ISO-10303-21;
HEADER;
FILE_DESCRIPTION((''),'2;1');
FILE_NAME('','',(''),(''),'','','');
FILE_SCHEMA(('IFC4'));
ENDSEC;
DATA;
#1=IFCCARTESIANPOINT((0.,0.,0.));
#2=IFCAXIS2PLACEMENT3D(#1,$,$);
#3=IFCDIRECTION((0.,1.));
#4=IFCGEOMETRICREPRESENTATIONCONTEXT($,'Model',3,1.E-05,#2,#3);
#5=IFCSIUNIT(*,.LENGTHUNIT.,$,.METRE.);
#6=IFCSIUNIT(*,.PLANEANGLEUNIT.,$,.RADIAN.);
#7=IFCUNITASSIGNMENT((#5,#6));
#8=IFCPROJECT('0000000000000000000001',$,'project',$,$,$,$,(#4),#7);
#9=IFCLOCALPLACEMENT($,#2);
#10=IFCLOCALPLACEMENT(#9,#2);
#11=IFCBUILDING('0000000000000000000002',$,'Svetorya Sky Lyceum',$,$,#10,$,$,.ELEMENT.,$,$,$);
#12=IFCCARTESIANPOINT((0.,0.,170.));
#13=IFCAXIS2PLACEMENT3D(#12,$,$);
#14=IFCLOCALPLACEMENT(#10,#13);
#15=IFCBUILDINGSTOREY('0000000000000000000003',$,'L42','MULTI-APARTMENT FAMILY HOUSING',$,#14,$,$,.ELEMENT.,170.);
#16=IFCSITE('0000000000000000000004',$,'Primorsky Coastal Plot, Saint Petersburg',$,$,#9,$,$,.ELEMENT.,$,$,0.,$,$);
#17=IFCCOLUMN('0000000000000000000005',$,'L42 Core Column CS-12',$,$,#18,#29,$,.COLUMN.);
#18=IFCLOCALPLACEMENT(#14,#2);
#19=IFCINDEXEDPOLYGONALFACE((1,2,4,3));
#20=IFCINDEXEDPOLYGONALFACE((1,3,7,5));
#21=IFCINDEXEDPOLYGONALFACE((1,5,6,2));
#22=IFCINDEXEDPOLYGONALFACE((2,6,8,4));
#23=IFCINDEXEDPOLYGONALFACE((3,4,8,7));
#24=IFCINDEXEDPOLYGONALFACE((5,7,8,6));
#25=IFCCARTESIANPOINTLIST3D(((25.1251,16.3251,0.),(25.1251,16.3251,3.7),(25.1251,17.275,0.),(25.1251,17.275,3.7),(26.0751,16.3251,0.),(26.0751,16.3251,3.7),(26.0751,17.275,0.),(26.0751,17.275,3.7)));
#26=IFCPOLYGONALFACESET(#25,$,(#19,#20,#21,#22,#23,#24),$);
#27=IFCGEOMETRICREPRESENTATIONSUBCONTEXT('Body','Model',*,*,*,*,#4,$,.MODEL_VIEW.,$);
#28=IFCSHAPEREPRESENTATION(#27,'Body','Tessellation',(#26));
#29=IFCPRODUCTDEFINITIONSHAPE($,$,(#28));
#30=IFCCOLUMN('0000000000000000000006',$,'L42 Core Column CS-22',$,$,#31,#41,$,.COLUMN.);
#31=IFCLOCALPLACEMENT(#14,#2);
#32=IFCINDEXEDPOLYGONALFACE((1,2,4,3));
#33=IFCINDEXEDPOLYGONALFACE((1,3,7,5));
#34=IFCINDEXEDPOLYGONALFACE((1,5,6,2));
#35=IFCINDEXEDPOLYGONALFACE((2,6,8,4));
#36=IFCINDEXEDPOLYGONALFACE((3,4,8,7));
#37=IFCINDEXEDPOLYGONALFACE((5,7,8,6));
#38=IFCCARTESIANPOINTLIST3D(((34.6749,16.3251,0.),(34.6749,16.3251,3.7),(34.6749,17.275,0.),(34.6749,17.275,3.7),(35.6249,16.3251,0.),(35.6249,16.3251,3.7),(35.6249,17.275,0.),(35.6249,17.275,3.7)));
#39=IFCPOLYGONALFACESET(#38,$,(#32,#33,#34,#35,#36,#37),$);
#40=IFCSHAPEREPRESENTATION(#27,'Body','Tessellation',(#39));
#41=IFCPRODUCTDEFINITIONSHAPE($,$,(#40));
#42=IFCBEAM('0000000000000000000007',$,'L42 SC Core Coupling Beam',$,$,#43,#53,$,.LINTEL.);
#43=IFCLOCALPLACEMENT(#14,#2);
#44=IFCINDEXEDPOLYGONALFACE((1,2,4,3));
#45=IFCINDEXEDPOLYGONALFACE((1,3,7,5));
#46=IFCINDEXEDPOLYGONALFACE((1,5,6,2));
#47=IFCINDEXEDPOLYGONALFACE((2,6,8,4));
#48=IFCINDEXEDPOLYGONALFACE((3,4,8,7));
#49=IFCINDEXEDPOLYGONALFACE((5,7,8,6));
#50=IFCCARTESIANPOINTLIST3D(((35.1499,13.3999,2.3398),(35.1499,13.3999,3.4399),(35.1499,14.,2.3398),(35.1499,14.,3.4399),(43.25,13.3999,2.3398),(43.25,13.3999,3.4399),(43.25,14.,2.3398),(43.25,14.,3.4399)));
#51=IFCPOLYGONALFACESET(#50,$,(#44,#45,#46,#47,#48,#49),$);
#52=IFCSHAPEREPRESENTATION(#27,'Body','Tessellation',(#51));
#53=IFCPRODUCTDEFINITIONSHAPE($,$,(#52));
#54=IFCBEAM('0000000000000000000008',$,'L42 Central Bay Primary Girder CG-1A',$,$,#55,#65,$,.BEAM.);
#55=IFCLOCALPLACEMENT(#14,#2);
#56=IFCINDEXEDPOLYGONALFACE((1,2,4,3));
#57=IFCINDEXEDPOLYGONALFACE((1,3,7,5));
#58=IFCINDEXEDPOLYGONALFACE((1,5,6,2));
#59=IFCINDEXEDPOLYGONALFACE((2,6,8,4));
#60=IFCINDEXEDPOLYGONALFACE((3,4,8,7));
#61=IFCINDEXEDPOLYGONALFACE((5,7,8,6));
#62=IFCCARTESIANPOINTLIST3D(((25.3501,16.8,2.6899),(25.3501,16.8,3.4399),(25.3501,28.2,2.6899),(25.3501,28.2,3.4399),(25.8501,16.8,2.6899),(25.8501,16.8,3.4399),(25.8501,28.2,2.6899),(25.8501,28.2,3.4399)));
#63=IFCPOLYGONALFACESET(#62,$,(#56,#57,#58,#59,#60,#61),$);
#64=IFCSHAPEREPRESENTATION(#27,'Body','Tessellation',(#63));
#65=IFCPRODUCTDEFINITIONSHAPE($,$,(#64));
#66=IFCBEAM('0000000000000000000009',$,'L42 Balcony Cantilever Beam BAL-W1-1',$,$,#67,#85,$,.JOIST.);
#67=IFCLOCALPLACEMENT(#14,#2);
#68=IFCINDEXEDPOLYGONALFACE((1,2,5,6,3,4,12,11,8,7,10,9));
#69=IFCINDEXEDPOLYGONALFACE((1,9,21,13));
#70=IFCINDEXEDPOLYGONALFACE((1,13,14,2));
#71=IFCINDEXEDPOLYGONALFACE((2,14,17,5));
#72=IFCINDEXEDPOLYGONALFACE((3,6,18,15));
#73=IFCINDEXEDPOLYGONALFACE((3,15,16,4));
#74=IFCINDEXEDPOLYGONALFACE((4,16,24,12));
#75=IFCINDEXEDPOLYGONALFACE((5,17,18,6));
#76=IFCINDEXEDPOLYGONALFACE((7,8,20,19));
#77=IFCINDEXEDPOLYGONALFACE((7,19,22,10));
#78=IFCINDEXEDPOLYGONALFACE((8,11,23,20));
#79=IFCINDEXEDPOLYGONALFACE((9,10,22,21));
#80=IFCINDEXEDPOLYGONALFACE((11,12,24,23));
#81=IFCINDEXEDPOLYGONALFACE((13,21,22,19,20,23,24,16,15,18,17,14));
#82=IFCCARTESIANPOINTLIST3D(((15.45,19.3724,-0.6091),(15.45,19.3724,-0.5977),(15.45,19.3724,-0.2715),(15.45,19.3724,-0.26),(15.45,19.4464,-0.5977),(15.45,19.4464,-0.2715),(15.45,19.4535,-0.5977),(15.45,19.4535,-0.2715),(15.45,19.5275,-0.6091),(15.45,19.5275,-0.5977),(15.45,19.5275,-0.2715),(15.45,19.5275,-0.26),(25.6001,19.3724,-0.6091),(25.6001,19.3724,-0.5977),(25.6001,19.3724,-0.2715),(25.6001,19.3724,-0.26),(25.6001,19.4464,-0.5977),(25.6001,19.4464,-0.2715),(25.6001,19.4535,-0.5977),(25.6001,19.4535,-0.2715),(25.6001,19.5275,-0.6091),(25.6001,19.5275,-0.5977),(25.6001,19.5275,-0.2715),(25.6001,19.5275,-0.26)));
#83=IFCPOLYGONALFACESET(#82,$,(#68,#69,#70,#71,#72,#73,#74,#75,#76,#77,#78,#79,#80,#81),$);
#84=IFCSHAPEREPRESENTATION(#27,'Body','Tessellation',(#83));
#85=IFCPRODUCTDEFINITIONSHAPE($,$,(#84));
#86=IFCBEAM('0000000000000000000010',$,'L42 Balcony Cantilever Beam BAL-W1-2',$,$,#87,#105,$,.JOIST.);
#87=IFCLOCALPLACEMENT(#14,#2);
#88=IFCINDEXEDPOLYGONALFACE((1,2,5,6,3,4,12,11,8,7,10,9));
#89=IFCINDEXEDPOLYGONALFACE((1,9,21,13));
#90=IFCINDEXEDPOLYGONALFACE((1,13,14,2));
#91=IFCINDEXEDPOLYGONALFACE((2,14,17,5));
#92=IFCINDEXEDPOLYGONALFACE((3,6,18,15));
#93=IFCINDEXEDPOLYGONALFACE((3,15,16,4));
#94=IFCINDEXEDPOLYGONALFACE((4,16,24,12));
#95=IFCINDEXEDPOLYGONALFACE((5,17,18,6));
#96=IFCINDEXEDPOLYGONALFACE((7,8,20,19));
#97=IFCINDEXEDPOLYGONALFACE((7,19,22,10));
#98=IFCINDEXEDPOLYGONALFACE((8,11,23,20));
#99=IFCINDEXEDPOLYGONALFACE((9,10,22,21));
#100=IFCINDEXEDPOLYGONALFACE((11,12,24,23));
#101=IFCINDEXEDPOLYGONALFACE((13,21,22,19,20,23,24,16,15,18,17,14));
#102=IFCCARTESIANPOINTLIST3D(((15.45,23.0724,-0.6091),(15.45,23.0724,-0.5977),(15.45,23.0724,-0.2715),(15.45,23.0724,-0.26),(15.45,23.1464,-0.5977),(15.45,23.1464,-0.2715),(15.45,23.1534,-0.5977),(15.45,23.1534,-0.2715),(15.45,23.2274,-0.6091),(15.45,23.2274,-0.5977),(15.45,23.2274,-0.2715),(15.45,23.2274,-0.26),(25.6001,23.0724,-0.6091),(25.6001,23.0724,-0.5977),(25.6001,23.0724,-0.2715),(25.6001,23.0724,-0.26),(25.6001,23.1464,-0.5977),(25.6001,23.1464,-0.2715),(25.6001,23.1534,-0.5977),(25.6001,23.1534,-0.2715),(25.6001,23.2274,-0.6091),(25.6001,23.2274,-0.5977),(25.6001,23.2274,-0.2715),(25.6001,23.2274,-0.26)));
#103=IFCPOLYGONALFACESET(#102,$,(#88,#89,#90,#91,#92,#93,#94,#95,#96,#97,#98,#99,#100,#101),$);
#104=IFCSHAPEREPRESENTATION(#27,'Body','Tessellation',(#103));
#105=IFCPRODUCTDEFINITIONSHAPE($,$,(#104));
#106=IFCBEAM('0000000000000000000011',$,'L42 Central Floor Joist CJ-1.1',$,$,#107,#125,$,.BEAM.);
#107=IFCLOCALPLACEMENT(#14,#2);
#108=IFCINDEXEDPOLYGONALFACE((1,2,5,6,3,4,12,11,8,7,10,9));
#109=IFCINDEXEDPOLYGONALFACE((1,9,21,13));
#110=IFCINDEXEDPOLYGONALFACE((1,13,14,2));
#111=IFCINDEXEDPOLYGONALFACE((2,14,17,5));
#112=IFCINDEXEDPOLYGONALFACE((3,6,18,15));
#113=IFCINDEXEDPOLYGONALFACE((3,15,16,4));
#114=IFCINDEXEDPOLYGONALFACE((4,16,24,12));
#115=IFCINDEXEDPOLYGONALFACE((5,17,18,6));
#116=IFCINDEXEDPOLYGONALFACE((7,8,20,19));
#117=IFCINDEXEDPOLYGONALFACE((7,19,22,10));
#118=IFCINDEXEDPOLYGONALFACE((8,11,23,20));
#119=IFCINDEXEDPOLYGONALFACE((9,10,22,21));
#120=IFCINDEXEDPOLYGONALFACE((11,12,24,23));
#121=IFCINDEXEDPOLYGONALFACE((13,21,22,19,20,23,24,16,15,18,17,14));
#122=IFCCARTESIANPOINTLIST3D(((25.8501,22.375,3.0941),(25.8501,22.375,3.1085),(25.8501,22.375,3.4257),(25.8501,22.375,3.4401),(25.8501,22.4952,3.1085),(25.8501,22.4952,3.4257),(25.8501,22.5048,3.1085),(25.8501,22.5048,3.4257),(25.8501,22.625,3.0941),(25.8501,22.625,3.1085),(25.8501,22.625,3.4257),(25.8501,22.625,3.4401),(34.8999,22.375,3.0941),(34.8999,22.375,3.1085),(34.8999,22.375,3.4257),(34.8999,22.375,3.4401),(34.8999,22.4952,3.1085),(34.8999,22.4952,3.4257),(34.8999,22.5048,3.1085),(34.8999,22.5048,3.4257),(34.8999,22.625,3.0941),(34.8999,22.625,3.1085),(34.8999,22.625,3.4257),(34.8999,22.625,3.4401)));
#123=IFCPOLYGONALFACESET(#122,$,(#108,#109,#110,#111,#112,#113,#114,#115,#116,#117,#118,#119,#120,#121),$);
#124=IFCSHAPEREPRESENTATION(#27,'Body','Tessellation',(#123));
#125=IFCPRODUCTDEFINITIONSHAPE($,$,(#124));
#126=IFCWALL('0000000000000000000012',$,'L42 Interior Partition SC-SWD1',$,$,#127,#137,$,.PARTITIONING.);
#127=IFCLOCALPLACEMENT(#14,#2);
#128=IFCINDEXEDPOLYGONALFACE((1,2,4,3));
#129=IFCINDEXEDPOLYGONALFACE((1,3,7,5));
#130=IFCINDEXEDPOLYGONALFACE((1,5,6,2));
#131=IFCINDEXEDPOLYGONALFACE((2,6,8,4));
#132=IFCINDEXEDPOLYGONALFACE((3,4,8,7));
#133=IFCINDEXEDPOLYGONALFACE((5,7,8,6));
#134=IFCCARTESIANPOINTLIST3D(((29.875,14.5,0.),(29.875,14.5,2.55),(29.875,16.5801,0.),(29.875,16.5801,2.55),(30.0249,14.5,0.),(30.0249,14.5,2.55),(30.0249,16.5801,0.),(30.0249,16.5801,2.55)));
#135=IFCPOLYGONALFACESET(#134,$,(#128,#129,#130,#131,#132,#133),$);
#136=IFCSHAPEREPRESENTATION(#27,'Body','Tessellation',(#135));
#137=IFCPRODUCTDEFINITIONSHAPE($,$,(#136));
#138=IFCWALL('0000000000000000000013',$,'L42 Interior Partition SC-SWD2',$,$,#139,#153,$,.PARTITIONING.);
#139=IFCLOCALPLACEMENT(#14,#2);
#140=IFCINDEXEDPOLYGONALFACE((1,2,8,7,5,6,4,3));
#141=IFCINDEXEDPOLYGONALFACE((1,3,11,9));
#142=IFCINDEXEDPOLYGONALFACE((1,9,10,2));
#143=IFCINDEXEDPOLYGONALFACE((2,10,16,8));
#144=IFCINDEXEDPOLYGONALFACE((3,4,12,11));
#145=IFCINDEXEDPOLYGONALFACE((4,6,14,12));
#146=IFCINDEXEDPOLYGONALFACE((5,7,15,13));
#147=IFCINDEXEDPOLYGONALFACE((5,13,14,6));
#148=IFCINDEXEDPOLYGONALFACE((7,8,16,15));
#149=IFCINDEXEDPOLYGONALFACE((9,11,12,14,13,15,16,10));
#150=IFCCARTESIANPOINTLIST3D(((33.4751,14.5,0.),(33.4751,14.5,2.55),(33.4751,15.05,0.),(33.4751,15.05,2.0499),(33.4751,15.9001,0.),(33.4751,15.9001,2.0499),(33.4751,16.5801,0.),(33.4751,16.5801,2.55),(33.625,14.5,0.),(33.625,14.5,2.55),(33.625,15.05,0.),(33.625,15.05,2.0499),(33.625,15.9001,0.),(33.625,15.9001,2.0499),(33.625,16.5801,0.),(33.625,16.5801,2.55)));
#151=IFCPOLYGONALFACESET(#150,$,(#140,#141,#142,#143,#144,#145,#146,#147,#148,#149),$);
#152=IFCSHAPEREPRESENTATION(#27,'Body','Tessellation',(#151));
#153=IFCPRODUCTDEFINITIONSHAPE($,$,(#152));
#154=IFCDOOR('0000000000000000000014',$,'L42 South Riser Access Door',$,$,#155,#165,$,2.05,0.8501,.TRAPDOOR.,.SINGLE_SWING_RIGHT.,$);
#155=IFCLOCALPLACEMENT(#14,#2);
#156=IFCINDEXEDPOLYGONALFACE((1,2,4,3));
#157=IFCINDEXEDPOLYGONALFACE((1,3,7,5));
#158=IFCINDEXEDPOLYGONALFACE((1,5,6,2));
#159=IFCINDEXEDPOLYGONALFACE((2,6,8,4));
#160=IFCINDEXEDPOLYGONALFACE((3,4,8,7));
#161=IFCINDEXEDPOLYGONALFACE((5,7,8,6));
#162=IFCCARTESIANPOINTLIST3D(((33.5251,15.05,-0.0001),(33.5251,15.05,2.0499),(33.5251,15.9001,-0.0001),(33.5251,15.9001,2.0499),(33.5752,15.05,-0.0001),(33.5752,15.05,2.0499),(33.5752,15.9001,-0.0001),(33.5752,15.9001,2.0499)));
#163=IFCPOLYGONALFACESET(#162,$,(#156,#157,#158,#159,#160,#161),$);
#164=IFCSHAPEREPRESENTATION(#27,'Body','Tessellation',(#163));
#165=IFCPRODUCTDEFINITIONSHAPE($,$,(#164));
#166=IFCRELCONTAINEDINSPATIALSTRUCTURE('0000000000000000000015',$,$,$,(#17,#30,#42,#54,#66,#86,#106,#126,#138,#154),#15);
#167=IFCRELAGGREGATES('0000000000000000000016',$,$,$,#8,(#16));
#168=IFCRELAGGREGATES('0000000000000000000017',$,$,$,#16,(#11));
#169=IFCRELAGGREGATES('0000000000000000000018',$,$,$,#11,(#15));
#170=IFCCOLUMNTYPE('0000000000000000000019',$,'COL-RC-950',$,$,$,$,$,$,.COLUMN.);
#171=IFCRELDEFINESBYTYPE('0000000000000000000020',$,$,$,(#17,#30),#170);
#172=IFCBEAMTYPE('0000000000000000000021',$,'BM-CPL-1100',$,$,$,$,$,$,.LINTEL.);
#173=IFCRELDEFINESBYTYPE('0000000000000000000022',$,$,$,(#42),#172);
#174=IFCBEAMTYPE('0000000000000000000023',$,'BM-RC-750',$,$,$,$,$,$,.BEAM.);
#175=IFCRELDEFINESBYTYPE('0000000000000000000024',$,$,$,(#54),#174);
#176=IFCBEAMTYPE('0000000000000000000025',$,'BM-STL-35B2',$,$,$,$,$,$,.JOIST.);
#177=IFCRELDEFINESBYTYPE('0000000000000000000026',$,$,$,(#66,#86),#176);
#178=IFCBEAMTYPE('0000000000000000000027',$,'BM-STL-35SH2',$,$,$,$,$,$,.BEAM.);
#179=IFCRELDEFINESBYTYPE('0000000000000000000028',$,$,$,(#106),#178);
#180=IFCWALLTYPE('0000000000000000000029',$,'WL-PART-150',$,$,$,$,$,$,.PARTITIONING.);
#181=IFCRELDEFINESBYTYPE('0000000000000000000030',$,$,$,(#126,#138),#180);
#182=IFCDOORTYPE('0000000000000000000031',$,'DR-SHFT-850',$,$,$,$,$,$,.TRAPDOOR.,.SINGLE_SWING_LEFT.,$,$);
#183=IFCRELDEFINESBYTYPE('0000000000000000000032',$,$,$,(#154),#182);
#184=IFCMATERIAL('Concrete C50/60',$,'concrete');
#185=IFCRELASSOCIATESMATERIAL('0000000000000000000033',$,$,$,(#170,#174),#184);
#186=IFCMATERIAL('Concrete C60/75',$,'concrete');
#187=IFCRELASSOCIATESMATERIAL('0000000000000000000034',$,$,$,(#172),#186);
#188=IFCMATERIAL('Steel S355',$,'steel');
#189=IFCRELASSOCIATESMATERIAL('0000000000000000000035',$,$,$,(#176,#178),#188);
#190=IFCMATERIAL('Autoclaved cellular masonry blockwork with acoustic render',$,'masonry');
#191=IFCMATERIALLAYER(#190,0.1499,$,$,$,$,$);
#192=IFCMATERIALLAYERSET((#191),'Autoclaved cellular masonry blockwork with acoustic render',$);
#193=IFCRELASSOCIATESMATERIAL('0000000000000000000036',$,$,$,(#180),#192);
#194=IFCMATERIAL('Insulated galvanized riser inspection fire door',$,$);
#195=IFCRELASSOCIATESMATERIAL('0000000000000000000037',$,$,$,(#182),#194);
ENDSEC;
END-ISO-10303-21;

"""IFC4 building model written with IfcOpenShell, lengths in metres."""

from ifc_helpers import new_model, si_unit, direction, frame, frame_2d, origin, origin_2d, place, context, subcontext, project, spatial, rectangle, i_section, extrude, material, layer, layer_set, material_profile, profile_set, type_object, element, fill, save


model = new_model("IFC4")

# Units and contexts
model_context = context("Model", 3, precision=1e-05, world=origin(), true_north=direction((0.0, 1.0)))
body_context = subcontext(model_context, "Body", "Model", "MODEL_VIEW")
ifc_project = project(units=[si_unit("LENGTHUNIT", "METRE"), si_unit("PLANEANGLEUNIT", "RADIAN")], contexts=[model_context])

# Site, building, storey
site_placement = place(None, origin())
site = spatial("IfcSite", under=ifc_project, at=site_placement, Name="Primorsky Coastal Plot, Saint Petersburg", CompositionType="ELEMENT", RefElevation=0.0)
building_placement = place(site_placement, origin())
building = spatial("IfcBuilding", under=site, at=building_placement, Name="Svetorya Sky Lyceum", CompositionType="ELEMENT")
storey_placement = place(building_placement, frame((0.0, 0.0, 170.0)))
storey = spatial("IfcBuildingStorey", under=building, at=storey_placement, Name="L42", Description="MULTI-APARTMENT FAMILY HOUSING", CompositionType="ELEMENT", Elevation=170.0)

# Columns
ifc_material_1 = material(Name="Concrete C50/60", Category="concrete")
ifc_material_profile_1 = material_profile(ifc_material_1, rectangle(XDim=0.95, YDim=0.95, at=origin_2d()), Name="RC COL 950x950")
ifc_profile_set_1 = profile_set([ifc_material_profile_1], Name="Concrete C50/60")
column_type = type_object("IfcColumnType", Name="COL-RC-950", PredefinedType="COLUMN", material=ifc_profile_set_1)
for number, where, z_axis, x_axis, name in (
    (1, (25.6001, 16.8, 0.0), (0.0, 0.0, 1.0), (1.0, 0.0, 0.0), "L42 Core Column CS-12"),
    (2, (35.1499, 16.8, 0.0), (0.0, 0.0, 1.0), (1.0, 0.0, 0.0), "L42 Core Column CS-22"),
):
    element("IfcColumn", number, at=place(storey_placement, frame(where, z_axis=z_axis, x_axis=x_axis)), inside=storey, type_object=column_type, Name=name, PredefinedType="COLUMN", context=body_context, shape_type="SweptSolid", body=[
        extrude(rectangle(XDim=0.95, YDim=0.95, at=origin_2d()), origin(), (0.0, 0.0, 1.0), 3.7),
    ])

# Beams
ifc_material_2 = material(Name="Concrete C60/75", Category="concrete")
ifc_material_profile_2 = material_profile(ifc_material_2, rectangle(XDim=0.6001, YDim=1.1001, at=origin_2d()), Name="RC COUPLING 600x1100")
ifc_profile_set_2 = profile_set([ifc_material_profile_2], Name="Concrete C60/75")
beam_type_1 = type_object("IfcBeamType", Name="BM-CPL-1100", PredefinedType="LINTEL", material=ifc_profile_set_2)
beam_1_placement = place(storey_placement, frame((35.1499, 13.7, 2.8899), z_axis=(1.0, 0.0, 0.0), x_axis=(0.0, 1.0, 0.0)))
element("IfcBeam", 3, at=beam_1_placement, inside=storey, type_object=beam_type_1, Name="L42 SC Core Coupling Beam", PredefinedType="LINTEL", context=body_context, shape_type="SweptSolid", body=[
    extrude(rectangle(XDim=0.6001, YDim=1.1001, at=origin_2d()), origin(), (0.0, 0.0, 1.0), 8.1001),
])
ifc_material_profile_3 = material_profile(ifc_material_1, rectangle(XDim=0.5, YDim=0.75, at=origin_2d()), Name="RC BEAM 500x750")
ifc_profile_set_3 = profile_set([ifc_material_profile_3], Name="Concrete C50/60")
beam_type_2 = type_object("IfcBeamType", Name="BM-RC-750", PredefinedType="BEAM", material=ifc_profile_set_3)
beam_2_placement = place(storey_placement, frame((25.6001, 16.8, 3.0649), z_axis=(0.0, 1.0, 0.0), x_axis=(-1.0, 0.0, 0.0)))
element("IfcBeam", 4, at=beam_2_placement, inside=storey, type_object=beam_type_2, Name="L42 Central Bay Primary Girder CG-1A", PredefinedType="BEAM", context=body_context, shape_type="SweptSolid", body=[
    extrude(rectangle(XDim=0.5, YDim=0.75, at=origin_2d()), origin(), (0.0, 0.0, 1.0), 11.3999),
])
ifc_material_3 = material(Name="Steel S355", Category="steel")
ifc_material_profile_4 = material_profile(ifc_material_3, i_section(OverallWidth=0.155, OverallDepth=0.3491, WebThickness=0.0071, FlangeThickness=0.0115, at=origin_2d()), Name="GOST 35B2")
ifc_profile_set_4 = profile_set([ifc_material_profile_4], Name="Steel S355")
beam_type_3 = type_object("IfcBeamType", Name="BM-STL-35B2", PredefinedType="JOIST", material=ifc_profile_set_4)
for number, where, z_axis, x_axis, name in (
    (5, (25.6001, 19.45, -0.4346), (-1.0, 0.0, 0.0), (0.0, -1.0, 0.0), "L42 Balcony Cantilever Beam BAL-W1-1"),
    (6, (25.6001, 23.1499, -0.4346), (-1.0, 0.0, 0.0), (0.0, -1.0, 0.0), "L42 Balcony Cantilever Beam BAL-W1-2"),
):
    element("IfcBeam", number, at=place(storey_placement, frame(where, z_axis=z_axis, x_axis=x_axis)), inside=storey, type_object=beam_type_3, Name=name, PredefinedType="JOIST", context=body_context, shape_type="SweptSolid", body=[
        extrude(i_section(OverallWidth=0.155, OverallDepth=0.3491, WebThickness=0.0071, FlangeThickness=0.0115, at=origin_2d()), origin(), (0.0, 0.0, 1.0), 10.1501),
    ])
ifc_material_profile_5 = material_profile(ifc_material_3, i_section(OverallWidth=0.25, OverallDepth=0.3459, WebThickness=0.0095, FlangeThickness=0.0144, at=origin_2d()), Name="GOST 35Sh2")
ifc_profile_set_5 = profile_set([ifc_material_profile_5], Name="Steel S355")
beam_type_4 = type_object("IfcBeamType", Name="BM-STL-35SH2", PredefinedType="BEAM", material=ifc_profile_set_5)
beam_3_placement = place(storey_placement, frame((25.8501, 22.5, 3.2671), z_axis=(1.0, 0.0, 0.0), x_axis=(0.0, 1.0, 0.0)))
element("IfcBeam", 7, at=beam_3_placement, inside=storey, type_object=beam_type_4, Name="L42 Central Floor Joist CJ-1.1", PredefinedType="BEAM", context=body_context, shape_type="SweptSolid", body=[
    extrude(i_section(OverallWidth=0.25, OverallDepth=0.3459, WebThickness=0.0095, FlangeThickness=0.0144, at=origin_2d()), origin(), (0.0, 0.0, 1.0), 9.0498),
])

# Wall
ifc_material_4 = material(Name="Autoclaved cellular masonry blockwork with acoustic render", Category="masonry")
ifc_layer_1 = layer(ifc_material_4, 0.1499)
ifc_layer_set_1 = layer_set([ifc_layer_1], Name="Autoclaved cellular masonry blockwork with acoustic render")
wall_type_1 = type_object("IfcWallType", Name="WL-PART-150", PredefinedType="PARTITIONING", material=ifc_layer_set_1)
wall_1_placement = place(storey_placement, frame((29.95, 14.5, 0.0), z_axis=(0.0, 0.0, 1.0), x_axis=(0.0, 1.0, 0.0)))
element("IfcWall", 8, at=wall_1_placement, inside=storey, type_object=wall_type_1, Name="L42 Interior Partition SC-SWD1", PredefinedType="PARTITIONING", context=body_context, shape_type="SweptSolid", body=[
    extrude(rectangle(XDim=2.0801, YDim=0.1499, at=frame_2d((1.04, 0.0))), origin(), (0.0, 0.0, 1.0), 2.55),
])

# Wall, opening, door
wall_2_placement = place(storey_placement, frame((33.55, 14.5, 0.0), z_axis=(0.0, 0.0, 1.0), x_axis=(0.0, 1.0, 0.0)))
wall_2 = element("IfcWall", 9, at=wall_2_placement, inside=storey, type_object=wall_type_1, Name="L42 Interior Partition SC-SWD2", PredefinedType="PARTITIONING", context=body_context, shape_type="SweptSolid", body=[
    extrude(rectangle(XDim=2.0801, YDim=0.1499, at=frame_2d((1.04, 0.0))), origin(), (0.0, 0.0, 1.0), 2.55),
])
opening_1_placement = place(wall_2_placement, frame((0.55, 0.0, 0.0)))
opening_1 = element("IfcOpeningElement", 10, at=opening_1_placement, cuts=wall_2, PredefinedType="OPENING", context=body_context, shape_type="SweptSolid", body=[
    extrude(rectangle(XDim=0.8501, YDim=2.05, at=frame_2d((0.425, 1.0249))), frame((0.0, 0.085, 0.0), z_axis=(0.0, -1.0, 0.0), x_axis=(1.0, 0.0, 0.0)), (0.0, 0.0, 1.0), 0.1699),
])
ifc_material_5 = material(Name="Insulated galvanized riser inspection fire door")
door_type_1 = type_object("IfcDoorType", Name="DR-SHFT-850", OperationType="SINGLE_SWING_LEFT", PredefinedType="TRAPDOOR", material=ifc_material_5)
door_1_placement = place(opening_1_placement, origin())
door_1 = element("IfcDoor", 11, at=door_1_placement, inside=storey, type_object=door_type_1, Name="L42 South Riser Access Door", OperationType="SINGLE_SWING_RIGHT", OverallHeight=2.05, OverallWidth=0.8501, PredefinedType="TRAPDOOR", context=body_context, shape_type="SweptSolid", body=[
    extrude(rectangle(XDim=0.8501, YDim=2.05, at=frame_2d((0.425, 1.0249))), frame((0.0, 0.0249, 0.0), z_axis=(0.0, -1.0, 0.0), x_axis=(1.0, 0.0, 0.0)), (0.0, 0.0, 1.0), 0.05),
])
fill(opening_1, door_1)

save(model, "model.ifc")
